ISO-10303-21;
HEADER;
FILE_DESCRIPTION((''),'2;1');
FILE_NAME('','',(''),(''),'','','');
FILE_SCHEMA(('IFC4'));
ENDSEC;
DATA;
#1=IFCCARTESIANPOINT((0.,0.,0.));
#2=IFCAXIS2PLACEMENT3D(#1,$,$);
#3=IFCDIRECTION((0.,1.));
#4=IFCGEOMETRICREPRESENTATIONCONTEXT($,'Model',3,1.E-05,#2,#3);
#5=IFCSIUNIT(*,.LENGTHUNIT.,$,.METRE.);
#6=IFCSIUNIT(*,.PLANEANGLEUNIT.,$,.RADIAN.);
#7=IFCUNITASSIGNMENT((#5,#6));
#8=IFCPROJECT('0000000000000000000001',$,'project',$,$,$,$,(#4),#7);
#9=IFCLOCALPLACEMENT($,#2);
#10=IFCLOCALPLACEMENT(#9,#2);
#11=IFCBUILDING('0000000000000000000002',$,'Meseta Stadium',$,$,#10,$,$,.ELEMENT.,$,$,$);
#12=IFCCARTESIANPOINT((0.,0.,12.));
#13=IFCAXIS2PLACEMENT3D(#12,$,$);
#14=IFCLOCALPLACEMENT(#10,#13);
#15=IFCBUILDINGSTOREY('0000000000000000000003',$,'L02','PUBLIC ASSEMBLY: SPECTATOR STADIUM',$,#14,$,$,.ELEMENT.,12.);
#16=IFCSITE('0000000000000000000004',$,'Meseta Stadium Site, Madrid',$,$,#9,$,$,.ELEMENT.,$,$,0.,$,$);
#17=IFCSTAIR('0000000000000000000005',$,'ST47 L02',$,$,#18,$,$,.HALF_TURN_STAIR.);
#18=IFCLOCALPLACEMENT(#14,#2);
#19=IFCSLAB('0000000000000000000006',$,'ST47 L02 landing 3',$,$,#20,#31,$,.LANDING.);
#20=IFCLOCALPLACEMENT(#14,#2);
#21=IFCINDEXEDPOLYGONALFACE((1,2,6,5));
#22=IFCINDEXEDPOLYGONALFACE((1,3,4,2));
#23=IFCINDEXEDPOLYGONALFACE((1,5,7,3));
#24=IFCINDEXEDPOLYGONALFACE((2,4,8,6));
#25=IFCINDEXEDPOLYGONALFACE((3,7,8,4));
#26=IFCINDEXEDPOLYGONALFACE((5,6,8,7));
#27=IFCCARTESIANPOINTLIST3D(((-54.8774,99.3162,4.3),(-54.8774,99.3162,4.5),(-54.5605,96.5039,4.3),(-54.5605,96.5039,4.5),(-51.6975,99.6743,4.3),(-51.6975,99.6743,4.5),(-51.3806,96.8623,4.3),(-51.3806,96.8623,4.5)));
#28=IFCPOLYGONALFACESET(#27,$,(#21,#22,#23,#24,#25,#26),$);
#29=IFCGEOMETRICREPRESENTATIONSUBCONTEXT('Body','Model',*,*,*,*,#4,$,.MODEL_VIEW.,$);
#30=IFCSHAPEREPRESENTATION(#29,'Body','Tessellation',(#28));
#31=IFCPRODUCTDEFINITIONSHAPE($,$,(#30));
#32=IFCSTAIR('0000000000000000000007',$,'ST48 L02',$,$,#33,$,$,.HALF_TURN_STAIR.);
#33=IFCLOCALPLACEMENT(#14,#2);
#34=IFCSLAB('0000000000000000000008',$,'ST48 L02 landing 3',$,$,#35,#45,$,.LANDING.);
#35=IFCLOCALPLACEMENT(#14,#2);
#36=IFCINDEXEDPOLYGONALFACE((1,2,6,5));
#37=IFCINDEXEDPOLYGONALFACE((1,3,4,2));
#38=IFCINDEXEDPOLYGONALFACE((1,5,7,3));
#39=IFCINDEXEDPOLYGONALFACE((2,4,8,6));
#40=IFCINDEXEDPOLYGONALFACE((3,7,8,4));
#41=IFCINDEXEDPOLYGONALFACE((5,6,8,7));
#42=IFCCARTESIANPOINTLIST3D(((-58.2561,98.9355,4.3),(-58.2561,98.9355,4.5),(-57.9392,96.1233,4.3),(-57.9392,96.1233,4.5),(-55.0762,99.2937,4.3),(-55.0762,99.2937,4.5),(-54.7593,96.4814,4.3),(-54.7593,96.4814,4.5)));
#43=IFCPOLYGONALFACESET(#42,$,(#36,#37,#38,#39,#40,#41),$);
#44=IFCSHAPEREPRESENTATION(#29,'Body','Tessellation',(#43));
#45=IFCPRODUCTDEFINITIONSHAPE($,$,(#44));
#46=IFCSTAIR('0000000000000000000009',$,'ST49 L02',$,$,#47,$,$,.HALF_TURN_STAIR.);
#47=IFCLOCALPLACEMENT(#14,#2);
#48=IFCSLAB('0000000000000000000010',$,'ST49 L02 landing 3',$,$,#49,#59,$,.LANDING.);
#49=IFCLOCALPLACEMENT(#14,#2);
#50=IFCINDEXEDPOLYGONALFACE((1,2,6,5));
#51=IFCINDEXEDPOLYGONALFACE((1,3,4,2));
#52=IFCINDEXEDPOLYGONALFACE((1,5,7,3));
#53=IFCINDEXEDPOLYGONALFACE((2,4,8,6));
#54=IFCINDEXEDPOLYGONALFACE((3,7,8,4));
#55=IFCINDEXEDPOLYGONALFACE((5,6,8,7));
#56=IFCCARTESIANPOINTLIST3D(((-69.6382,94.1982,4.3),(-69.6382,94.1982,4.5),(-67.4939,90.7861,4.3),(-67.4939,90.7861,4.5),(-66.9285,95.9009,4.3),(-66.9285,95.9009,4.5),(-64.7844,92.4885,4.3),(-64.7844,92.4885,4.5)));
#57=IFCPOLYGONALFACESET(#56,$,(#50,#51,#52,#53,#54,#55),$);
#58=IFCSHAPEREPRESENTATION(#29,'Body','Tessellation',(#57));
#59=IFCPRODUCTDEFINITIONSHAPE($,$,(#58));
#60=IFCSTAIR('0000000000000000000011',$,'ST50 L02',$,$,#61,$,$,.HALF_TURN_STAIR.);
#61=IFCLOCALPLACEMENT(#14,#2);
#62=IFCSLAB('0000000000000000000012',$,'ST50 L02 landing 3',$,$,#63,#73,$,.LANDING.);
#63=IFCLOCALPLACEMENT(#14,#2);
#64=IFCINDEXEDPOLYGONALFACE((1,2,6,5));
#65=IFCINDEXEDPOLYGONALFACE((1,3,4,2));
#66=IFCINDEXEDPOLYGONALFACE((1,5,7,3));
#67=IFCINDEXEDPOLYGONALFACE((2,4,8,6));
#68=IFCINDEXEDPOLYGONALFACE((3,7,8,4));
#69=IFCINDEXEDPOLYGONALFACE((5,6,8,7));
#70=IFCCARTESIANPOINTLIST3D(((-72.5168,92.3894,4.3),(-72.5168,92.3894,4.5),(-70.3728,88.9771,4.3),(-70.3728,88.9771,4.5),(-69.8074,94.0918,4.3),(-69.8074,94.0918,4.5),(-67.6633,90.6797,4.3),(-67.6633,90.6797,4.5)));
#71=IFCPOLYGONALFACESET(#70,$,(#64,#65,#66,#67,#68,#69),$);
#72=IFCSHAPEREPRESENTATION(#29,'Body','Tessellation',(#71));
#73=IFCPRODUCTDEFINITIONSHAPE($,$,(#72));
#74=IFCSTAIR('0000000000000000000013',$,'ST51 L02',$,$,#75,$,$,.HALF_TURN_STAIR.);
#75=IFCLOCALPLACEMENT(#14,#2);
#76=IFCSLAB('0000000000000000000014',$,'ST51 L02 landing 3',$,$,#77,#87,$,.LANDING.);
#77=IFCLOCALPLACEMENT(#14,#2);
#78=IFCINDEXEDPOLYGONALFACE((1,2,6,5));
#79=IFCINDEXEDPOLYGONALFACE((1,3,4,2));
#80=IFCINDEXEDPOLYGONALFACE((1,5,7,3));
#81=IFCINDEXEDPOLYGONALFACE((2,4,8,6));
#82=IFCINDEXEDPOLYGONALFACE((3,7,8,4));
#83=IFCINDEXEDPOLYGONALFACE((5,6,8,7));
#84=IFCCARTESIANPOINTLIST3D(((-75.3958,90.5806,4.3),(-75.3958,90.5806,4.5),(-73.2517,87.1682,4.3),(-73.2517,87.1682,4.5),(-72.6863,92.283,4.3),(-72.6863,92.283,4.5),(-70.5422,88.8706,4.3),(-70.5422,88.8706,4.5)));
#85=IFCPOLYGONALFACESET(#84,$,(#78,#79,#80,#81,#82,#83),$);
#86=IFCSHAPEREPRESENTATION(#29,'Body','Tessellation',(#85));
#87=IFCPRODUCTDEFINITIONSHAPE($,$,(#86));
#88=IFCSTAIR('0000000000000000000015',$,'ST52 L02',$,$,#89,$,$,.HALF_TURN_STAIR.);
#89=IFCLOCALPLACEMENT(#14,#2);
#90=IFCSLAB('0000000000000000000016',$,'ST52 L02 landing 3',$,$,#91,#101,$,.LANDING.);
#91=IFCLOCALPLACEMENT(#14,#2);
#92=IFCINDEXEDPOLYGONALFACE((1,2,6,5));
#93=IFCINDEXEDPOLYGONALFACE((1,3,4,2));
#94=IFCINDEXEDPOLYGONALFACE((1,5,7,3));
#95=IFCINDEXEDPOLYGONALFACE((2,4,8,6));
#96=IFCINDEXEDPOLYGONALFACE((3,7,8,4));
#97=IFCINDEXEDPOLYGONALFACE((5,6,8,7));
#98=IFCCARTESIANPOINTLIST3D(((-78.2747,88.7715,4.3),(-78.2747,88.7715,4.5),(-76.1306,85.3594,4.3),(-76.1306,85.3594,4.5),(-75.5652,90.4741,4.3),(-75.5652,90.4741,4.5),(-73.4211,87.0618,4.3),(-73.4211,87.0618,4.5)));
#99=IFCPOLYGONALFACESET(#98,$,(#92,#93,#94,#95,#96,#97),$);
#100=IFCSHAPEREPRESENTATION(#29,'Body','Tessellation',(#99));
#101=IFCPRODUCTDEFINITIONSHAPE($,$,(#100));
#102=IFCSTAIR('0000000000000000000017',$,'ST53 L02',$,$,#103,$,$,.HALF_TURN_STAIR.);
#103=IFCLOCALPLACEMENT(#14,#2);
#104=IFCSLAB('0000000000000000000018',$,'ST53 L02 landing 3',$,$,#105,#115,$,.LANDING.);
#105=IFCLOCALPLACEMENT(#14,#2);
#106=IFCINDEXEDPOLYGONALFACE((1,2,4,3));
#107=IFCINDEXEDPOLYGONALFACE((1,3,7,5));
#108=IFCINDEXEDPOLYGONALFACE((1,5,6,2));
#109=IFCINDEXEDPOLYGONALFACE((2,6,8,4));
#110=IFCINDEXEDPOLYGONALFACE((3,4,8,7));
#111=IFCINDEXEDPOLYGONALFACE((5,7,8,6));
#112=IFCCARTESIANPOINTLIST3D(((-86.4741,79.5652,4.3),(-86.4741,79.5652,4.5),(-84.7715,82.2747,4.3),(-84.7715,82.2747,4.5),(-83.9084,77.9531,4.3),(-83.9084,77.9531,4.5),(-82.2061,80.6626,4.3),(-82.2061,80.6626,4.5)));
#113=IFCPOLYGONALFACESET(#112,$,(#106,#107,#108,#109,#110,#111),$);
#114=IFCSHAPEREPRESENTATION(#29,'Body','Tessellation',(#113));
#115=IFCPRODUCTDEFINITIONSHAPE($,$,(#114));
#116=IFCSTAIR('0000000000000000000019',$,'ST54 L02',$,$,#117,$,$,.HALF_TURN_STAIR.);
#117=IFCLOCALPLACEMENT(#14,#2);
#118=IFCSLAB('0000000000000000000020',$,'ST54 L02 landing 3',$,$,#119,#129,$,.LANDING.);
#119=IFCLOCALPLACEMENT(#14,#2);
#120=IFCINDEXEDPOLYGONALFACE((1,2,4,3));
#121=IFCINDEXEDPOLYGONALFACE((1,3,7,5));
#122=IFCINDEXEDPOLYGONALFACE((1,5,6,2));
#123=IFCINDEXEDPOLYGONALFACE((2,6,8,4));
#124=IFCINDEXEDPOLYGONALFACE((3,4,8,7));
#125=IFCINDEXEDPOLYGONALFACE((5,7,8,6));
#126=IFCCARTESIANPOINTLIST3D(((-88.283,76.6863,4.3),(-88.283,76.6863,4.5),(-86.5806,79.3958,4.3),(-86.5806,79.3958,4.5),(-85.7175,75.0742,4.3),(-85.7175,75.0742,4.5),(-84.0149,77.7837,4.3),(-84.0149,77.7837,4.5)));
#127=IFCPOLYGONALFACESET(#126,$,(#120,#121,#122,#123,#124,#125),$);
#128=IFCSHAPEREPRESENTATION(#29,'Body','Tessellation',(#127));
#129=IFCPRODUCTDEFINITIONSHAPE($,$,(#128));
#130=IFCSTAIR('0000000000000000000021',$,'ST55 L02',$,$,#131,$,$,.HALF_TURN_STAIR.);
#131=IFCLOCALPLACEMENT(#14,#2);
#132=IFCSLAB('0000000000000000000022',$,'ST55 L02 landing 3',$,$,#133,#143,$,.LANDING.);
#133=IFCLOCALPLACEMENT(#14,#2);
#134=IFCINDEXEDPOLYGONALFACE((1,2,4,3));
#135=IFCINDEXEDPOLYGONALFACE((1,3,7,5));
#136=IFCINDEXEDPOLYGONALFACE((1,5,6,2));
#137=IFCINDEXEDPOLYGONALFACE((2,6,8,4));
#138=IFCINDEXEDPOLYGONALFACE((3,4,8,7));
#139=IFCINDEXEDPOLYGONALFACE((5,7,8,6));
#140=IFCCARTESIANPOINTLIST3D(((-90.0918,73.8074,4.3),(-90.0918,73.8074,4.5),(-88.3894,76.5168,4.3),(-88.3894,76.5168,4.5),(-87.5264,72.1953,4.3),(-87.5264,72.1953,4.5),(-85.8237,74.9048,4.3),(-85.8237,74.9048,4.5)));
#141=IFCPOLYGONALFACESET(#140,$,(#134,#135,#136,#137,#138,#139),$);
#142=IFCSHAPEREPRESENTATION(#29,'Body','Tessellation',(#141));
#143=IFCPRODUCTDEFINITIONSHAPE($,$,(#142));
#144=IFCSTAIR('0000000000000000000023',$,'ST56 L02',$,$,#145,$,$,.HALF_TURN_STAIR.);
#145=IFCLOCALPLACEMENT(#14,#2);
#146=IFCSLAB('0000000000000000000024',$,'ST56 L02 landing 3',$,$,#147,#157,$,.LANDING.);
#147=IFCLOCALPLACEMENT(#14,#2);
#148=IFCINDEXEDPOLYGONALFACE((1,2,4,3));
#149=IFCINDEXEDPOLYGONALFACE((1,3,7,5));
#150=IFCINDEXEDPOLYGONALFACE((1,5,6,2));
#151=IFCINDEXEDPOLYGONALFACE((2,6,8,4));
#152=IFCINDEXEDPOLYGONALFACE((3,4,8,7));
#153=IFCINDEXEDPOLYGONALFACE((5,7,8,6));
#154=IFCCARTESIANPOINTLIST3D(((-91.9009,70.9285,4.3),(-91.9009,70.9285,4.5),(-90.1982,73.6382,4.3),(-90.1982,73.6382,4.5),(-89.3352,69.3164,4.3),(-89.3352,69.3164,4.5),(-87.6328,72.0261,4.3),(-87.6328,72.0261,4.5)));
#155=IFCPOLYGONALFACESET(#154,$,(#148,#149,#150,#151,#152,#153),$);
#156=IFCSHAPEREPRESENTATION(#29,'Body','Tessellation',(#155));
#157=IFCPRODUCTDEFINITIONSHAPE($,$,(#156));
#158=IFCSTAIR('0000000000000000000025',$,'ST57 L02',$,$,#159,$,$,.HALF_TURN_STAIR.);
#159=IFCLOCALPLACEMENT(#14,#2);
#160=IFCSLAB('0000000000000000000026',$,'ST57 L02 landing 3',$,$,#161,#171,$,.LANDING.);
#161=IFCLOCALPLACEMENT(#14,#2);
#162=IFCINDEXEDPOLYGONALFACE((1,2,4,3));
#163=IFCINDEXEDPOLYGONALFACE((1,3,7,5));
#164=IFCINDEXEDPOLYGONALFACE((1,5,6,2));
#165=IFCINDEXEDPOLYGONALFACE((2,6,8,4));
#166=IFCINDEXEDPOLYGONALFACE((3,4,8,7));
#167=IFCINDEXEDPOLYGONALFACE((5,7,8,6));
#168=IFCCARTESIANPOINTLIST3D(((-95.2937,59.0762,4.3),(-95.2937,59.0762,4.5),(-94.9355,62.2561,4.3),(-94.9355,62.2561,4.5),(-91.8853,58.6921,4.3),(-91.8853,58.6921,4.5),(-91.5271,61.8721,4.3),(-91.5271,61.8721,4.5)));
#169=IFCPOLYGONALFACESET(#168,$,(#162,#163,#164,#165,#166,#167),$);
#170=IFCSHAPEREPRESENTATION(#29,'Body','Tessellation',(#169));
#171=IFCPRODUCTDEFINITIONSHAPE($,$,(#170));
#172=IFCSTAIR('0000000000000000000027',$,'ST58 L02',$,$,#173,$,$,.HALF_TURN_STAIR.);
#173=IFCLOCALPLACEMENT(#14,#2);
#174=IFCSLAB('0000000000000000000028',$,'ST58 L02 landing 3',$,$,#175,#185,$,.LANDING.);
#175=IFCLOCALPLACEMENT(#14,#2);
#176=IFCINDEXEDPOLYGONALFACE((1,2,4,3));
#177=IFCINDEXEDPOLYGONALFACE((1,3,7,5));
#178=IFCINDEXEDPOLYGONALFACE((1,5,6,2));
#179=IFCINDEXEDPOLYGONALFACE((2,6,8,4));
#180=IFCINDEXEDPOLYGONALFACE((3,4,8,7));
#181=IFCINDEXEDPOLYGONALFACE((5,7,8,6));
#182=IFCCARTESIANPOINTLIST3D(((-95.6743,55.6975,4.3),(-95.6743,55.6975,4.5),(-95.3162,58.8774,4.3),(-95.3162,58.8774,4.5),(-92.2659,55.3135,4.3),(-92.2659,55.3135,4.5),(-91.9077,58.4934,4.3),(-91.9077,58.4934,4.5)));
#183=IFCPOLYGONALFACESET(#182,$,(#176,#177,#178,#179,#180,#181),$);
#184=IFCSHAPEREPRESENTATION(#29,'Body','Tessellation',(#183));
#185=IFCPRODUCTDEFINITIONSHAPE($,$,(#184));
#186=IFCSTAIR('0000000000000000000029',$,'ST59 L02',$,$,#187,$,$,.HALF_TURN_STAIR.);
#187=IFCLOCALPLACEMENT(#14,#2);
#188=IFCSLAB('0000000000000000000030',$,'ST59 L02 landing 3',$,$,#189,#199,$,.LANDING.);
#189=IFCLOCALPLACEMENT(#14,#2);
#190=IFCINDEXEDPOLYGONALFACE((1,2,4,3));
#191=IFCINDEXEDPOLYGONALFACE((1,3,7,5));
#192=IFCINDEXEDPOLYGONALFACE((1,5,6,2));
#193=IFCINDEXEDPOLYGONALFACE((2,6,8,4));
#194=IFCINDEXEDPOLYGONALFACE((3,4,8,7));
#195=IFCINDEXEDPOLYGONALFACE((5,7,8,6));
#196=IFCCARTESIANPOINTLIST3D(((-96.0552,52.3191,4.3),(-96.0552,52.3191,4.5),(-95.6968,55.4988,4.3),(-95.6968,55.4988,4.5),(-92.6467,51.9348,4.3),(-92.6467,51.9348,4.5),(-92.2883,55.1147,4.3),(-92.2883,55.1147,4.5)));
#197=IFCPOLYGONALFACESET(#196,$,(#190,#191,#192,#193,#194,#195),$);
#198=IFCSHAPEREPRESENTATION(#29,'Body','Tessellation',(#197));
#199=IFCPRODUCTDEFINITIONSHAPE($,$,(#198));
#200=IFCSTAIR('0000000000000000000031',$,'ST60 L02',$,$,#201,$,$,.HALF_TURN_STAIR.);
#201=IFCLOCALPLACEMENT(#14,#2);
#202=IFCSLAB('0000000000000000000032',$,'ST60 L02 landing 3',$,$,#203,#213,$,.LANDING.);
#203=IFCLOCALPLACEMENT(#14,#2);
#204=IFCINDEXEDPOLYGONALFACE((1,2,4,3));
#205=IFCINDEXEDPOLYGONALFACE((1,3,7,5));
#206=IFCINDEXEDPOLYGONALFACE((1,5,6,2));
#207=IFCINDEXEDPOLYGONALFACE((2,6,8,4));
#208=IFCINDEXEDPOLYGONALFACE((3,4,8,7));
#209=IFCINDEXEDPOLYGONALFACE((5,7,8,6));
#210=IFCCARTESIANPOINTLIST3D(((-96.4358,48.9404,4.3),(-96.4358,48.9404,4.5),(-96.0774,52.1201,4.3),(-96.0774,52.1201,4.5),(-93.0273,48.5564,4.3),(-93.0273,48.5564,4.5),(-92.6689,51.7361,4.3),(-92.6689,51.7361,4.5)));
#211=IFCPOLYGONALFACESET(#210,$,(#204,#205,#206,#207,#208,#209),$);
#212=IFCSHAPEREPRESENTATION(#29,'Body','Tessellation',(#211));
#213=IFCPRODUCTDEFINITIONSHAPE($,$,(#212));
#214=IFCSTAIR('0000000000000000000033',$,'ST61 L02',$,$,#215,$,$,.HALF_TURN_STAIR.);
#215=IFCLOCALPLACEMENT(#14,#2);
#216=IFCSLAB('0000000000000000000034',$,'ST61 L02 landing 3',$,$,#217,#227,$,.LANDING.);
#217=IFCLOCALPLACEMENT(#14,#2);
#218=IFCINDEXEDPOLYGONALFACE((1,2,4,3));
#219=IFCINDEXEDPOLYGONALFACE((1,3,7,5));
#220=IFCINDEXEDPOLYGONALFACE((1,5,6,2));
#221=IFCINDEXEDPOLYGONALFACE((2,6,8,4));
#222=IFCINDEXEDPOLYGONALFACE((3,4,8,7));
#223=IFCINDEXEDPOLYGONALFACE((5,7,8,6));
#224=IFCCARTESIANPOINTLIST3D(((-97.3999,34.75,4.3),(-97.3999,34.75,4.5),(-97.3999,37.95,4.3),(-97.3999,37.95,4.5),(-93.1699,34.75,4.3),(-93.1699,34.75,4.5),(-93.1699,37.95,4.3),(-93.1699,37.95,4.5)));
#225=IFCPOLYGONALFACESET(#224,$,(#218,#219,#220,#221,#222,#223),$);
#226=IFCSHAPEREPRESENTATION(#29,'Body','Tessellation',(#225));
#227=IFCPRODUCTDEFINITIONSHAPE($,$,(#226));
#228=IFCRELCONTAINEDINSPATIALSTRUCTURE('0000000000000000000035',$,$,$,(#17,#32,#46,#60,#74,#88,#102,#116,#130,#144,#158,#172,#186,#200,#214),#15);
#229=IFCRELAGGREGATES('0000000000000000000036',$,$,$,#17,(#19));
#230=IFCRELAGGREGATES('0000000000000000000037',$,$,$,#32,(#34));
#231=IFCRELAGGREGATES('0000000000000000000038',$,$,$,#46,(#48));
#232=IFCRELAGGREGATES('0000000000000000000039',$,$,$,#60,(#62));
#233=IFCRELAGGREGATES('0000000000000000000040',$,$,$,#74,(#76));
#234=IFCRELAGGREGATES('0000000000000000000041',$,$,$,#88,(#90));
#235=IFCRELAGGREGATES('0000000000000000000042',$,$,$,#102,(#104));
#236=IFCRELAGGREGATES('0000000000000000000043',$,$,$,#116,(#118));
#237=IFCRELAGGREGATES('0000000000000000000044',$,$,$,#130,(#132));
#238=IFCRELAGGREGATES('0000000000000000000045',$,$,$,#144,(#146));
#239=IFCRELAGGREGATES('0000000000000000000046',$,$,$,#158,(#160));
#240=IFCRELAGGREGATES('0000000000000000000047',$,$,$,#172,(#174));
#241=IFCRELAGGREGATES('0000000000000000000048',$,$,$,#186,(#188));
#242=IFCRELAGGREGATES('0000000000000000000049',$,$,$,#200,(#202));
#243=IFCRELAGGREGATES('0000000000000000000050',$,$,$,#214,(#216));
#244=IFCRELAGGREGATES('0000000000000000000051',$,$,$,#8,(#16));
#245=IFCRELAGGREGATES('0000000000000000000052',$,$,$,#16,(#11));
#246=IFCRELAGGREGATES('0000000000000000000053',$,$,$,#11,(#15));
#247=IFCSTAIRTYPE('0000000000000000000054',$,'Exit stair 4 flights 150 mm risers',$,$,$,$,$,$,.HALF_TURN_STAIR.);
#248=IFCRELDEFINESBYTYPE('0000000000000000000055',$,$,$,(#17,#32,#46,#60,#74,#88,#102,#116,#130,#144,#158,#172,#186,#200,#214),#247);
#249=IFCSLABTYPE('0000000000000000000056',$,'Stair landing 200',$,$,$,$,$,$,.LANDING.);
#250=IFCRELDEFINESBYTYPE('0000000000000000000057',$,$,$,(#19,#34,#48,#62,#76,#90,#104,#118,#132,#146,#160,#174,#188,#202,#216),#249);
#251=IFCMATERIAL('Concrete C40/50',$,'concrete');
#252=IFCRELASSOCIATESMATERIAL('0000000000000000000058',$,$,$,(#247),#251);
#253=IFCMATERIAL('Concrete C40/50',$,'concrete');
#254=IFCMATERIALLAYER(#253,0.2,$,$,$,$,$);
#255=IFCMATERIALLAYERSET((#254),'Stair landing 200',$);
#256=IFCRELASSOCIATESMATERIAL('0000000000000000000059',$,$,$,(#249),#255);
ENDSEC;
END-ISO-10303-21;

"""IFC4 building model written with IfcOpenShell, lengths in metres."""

from ifc_helpers import new_model, si_unit, direction, frame, origin, place, context, subcontext, project, spatial, polyline, outline, extrude, material, layer, layer_set, type_object, element, aggregate, save


model = new_model("IFC4")

# Units and contexts
model_context = context("Model", 3, precision=1e-05, world=origin(), true_north=direction((0.0, 1.0)))
body_context = subcontext(model_context, "Body", "Model", "MODEL_VIEW")
ifc_project = project(units=[si_unit("LENGTHUNIT", "METRE"), si_unit("PLANEANGLEUNIT", "RADIAN")], contexts=[model_context])

# Site, building, storey
site_placement = place(None, origin())
site = spatial("IfcSite", under=ifc_project, at=site_placement, Name="Meseta Stadium Site, Madrid", CompositionType="ELEMENT", RefElevation=0.0)
building_placement = place(site_placement, origin())
building = spatial("IfcBuilding", under=site, at=building_placement, Name="Meseta Stadium", CompositionType="ELEMENT")
storey_placement = place(building_placement, frame((0.0, 0.0, 12.0)))
storey = spatial("IfcBuildingStorey", under=building, at=storey_placement, Name="L02", Description="PUBLIC ASSEMBLY: SPECTATOR STADIUM", CompositionType="ELEMENT", Elevation=12.0)

# Stairs, slabs
ifc_material_1 = material(Name="Concrete C40/50", Category="concrete")
stair_type = type_object("IfcStairType", Name="Exit stair 4 flights 150 mm risers", PredefinedType="HALF_TURN_STAIR", material=ifc_material_1)
ifc_material_2 = material(Name="Concrete C40/50", Category="concrete")
ifc_layer_1 = layer(ifc_material_2, 0.2)
ifc_layer_set_1 = layer_set([ifc_layer_1], Name="Stair landing 200")
slab_type_1 = type_object("IfcSlabType", Name="Stair landing 200", PredefinedType="LANDING", material=ifc_layer_set_1)
stair_1_placement = place(storey_placement, origin())
stair_1 = element("IfcStair", 1, at=stair_1_placement, inside=storey, type_object=stair_type, Name="ST47 L02", PredefinedType="HALF_TURN_STAIR")
slab_1_placement = place(storey_placement, frame((0.0, 0.0, 4.3)))
slab_1 = element("IfcSlab", 2, at=slab_1_placement, type_object=slab_type_1, Name="ST47 L02 landing 3", PredefinedType="LANDING", context=body_context, shape_type="SweptSolid", body=[
    extrude(outline(polyline([(-51.3806, 96.8623), (-51.6975, 99.6743), (-54.8774, 99.3162), (-54.5605, 96.5039), (-51.3806, 96.8623)])), origin(), (0.0, 0.0, 1.0), 0.2),
])
aggregate(stair_1, [slab_1])
stair_2_placement = place(storey_placement, origin())
stair_2 = element("IfcStair", 3, at=stair_2_placement, inside=storey, type_object=stair_type, Name="ST48 L02", PredefinedType="HALF_TURN_STAIR")
slab_2_placement = place(storey_placement, frame((0.0, 0.0, 4.3)))
slab_2 = element("IfcSlab", 4, at=slab_2_placement, type_object=slab_type_1, Name="ST48 L02 landing 3", PredefinedType="LANDING", context=body_context, shape_type="SweptSolid", body=[
    extrude(outline(polyline([(-54.7593, 96.4814), (-55.0762, 99.2937), (-58.2561, 98.9355), (-57.9392, 96.1233), (-54.7593, 96.4814)])), origin(), (0.0, 0.0, 1.0), 0.2),
])
aggregate(stair_2, [slab_2])
stair_3_placement = place(storey_placement, origin())
stair_3 = element("IfcStair", 5, at=stair_3_placement, inside=storey, type_object=stair_type, Name="ST49 L02", PredefinedType="HALF_TURN_STAIR")
slab_3_placement = place(storey_placement, frame((0.0, 0.0, 4.3)))
slab_3 = element("IfcSlab", 6, at=slab_3_placement, type_object=slab_type_1, Name="ST49 L02 landing 3", PredefinedType="LANDING", context=body_context, shape_type="SweptSolid", body=[
    extrude(outline(polyline([(-64.7844, 92.4885), (-66.9285, 95.9009), (-69.6382, 94.1982), (-67.4939, 90.7861), (-64.7844, 92.4885)])), origin(), (0.0, 0.0, 1.0), 0.2),
])
aggregate(stair_3, [slab_3])
stair_4_placement = place(storey_placement, origin())
stair_4 = element("IfcStair", 7, at=stair_4_placement, inside=storey, type_object=stair_type, Name="ST50 L02", PredefinedType="HALF_TURN_STAIR")
slab_4_placement = place(storey_placement, frame((0.0, 0.0, 4.3)))
slab_4 = element("IfcSlab", 8, at=slab_4_placement, type_object=slab_type_1, Name="ST50 L02 landing 3", PredefinedType="LANDING", context=body_context, shape_type="SweptSolid", body=[
    extrude(outline(polyline([(-67.6633, 90.6797), (-69.8074, 94.0918), (-72.5168, 92.3894), (-70.3728, 88.9771), (-67.6633, 90.6797)])), origin(), (0.0, 0.0, 1.0), 0.2),
])
aggregate(stair_4, [slab_4])
stair_5_placement = place(storey_placement, origin())
stair_5 = element("IfcStair", 9, at=stair_5_placement, inside=storey, type_object=stair_type, Name="ST51 L02", PredefinedType="HALF_TURN_STAIR")
slab_5_placement = place(storey_placement, frame((0.0, 0.0, 4.3)))
slab_5 = element("IfcSlab", 10, at=slab_5_placement, type_object=slab_type_1, Name="ST51 L02 landing 3", PredefinedType="LANDING", context=body_context, shape_type="SweptSolid", body=[
    extrude(outline(polyline([(-70.5422, 88.8706), (-72.6863, 92.283), (-75.3958, 90.5806), (-73.2517, 87.1682), (-70.5422, 88.8706)])), origin(), (0.0, 0.0, 1.0), 0.2),
])
aggregate(stair_5, [slab_5])
stair_6_placement = place(storey_placement, origin())
stair_6 = element("IfcStair", 11, at=stair_6_placement, inside=storey, type_object=stair_type, Name="ST52 L02", PredefinedType="HALF_TURN_STAIR")
slab_6_placement = place(storey_placement, frame((0.0, 0.0, 4.3)))
slab_6 = element("IfcSlab", 12, at=slab_6_placement, type_object=slab_type_1, Name="ST52 L02 landing 3", PredefinedType="LANDING", context=body_context, shape_type="SweptSolid", body=[
    extrude(outline(polyline([(-73.4211, 87.0618), (-75.5652, 90.4741), (-78.2747, 88.7715), (-76.1306, 85.3594), (-73.4211, 87.0618)])), origin(), (0.0, 0.0, 1.0), 0.2),
])
aggregate(stair_6, [slab_6])
stair_7_placement = place(storey_placement, origin())
stair_7 = element("IfcStair", 13, at=stair_7_placement, inside=storey, type_object=stair_type, Name="ST53 L02", PredefinedType="HALF_TURN_STAIR")
slab_7_placement = place(storey_placement, frame((0.0, 0.0, 4.3)))
slab_7 = element("IfcSlab", 14, at=slab_7_placement, type_object=slab_type_1, Name="ST53 L02 landing 3", PredefinedType="LANDING", context=body_context, shape_type="SweptSolid", body=[
    extrude(outline(polyline([(-82.2061, 80.6626), (-84.7715, 82.2747), (-86.4741, 79.5652), (-83.9084, 77.9531), (-82.2061, 80.6626)])), origin(), (0.0, 0.0, 1.0), 0.2),
])
aggregate(stair_7, [slab_7])
stair_8_placement = place(storey_placement, origin())
stair_8 = element("IfcStair", 15, at=stair_8_placement, inside=storey, type_object=stair_type, Name="ST54 L02", PredefinedType="HALF_TURN_STAIR")
slab_8_placement = place(storey_placement, frame((0.0, 0.0, 4.3)))
slab_8 = element("IfcSlab", 16, at=slab_8_placement, type_object=slab_type_1, Name="ST54 L02 landing 3", PredefinedType="LANDING", context=body_context, shape_type="SweptSolid", body=[
    extrude(outline(polyline([(-84.0149, 77.7837), (-86.5806, 79.3958), (-88.283, 76.6863), (-85.7175, 75.0742), (-84.0149, 77.7837)])), origin(), (0.0, 0.0, 1.0), 0.2),
])
aggregate(stair_8, [slab_8])
stair_9_placement = place(storey_placement, origin())
stair_9 = element("IfcStair", 17, at=stair_9_placement, inside=storey, type_object=stair_type, Name="ST55 L02", PredefinedType="HALF_TURN_STAIR")
slab_9_placement = place(storey_placement, frame((0.0, 0.0, 4.3)))
slab_9 = element("IfcSlab", 18, at=slab_9_placement, type_object=slab_type_1, Name="ST55 L02 landing 3", PredefinedType="LANDING", context=body_context, shape_type="SweptSolid", body=[
    extrude(outline(polyline([(-85.8237, 74.9048), (-88.3894, 76.5168), (-90.0918, 73.8074), (-87.5264, 72.1953), (-85.8237, 74.9048)])), origin(), (0.0, 0.0, 1.0), 0.2),
])
aggregate(stair_9, [slab_9])
stair_10_placement = place(storey_placement, origin())
stair_10 = element("IfcStair", 19, at=stair_10_placement, inside=storey, type_object=stair_type, Name="ST56 L02", PredefinedType="HALF_TURN_STAIR")
slab_10_placement = place(storey_placement, frame((0.0, 0.0, 4.3)))
slab_10 = element("IfcSlab", 20, at=slab_10_placement, type_object=slab_type_1, Name="ST56 L02 landing 3", PredefinedType="LANDING", context=body_context, shape_type="SweptSolid", body=[
    extrude(outline(polyline([(-87.6328, 72.0261), (-90.1982, 73.6382), (-91.9009, 70.9285), (-89.3352, 69.3164), (-87.6328, 72.0261)])), origin(), (0.0, 0.0, 1.0), 0.2),
])
aggregate(stair_10, [slab_10])
stair_11_placement = place(storey_placement, origin())
stair_11 = element("IfcStair", 21, at=stair_11_placement, inside=storey, type_object=stair_type, Name="ST57 L02", PredefinedType="HALF_TURN_STAIR")
slab_11_placement = place(storey_placement, frame((0.0, 0.0, 4.3)))
slab_11 = element("IfcSlab", 22, at=slab_11_placement, type_object=slab_type_1, Name="ST57 L02 landing 3", PredefinedType="LANDING", context=body_context, shape_type="SweptSolid", body=[
    extrude(outline(polyline([(-91.5271, 61.8721), (-94.9355, 62.2561), (-95.2937, 59.0762), (-91.8853, 58.6921), (-91.5271, 61.8721)])), origin(), (0.0, 0.0, 1.0), 0.2),
])
aggregate(stair_11, [slab_11])
stair_12_placement = place(storey_placement, origin())
stair_12 = element("IfcStair", 23, at=stair_12_placement, inside=storey, type_object=stair_type, Name="ST58 L02", PredefinedType="HALF_TURN_STAIR")
slab_12_placement = place(storey_placement, frame((0.0, 0.0, 4.3)))
slab_12 = element("IfcSlab", 24, at=slab_12_placement, type_object=slab_type_1, Name="ST58 L02 landing 3", PredefinedType="LANDING", context=body_context, shape_type="SweptSolid", body=[
    extrude(outline(polyline([(-91.9077, 58.4934), (-95.3162, 58.8774), (-95.6743, 55.6975), (-92.2659, 55.3135), (-91.9077, 58.4934)])), origin(), (0.0, 0.0, 1.0), 0.2),
])
aggregate(stair_12, [slab_12])
stair_13_placement = place(storey_placement, origin())
stair_13 = element("IfcStair", 25, at=stair_13_placement, inside=storey, type_object=stair_type, Name="ST59 L02", PredefinedType="HALF_TURN_STAIR")
slab_13_placement = place(storey_placement, frame((0.0, 0.0, 4.3)))
slab_13 = element("IfcSlab", 26, at=slab_13_placement, type_object=slab_type_1, Name="ST59 L02 landing 3", PredefinedType="LANDING", context=body_context, shape_type="SweptSolid", body=[
    extrude(outline(polyline([(-92.2883, 55.1147), (-95.6968, 55.4988), (-96.0552, 52.3191), (-92.6467, 51.9348), (-92.2883, 55.1147)])), origin(), (0.0, 0.0, 1.0), 0.2),
])
aggregate(stair_13, [slab_13])
stair_14_placement = place(storey_placement, origin())
stair_14 = element("IfcStair", 27, at=stair_14_placement, inside=storey, type_object=stair_type, Name="ST60 L02", PredefinedType="HALF_TURN_STAIR")
slab_14_placement = place(storey_placement, frame((0.0, 0.0, 4.3)))
slab_14 = element("IfcSlab", 28, at=slab_14_placement, type_object=slab_type_1, Name="ST60 L02 landing 3", PredefinedType="LANDING", context=body_context, shape_type="SweptSolid", body=[
    extrude(outline(polyline([(-92.6689, 51.7361), (-96.0774, 52.1201), (-96.4358, 48.9404), (-93.0273, 48.5564), (-92.6689, 51.7361)])), origin(), (0.0, 0.0, 1.0), 0.2),
])
aggregate(stair_14, [slab_14])
stair_15_placement = place(storey_placement, origin())
stair_15 = element("IfcStair", 29, at=stair_15_placement, inside=storey, type_object=stair_type, Name="ST61 L02", PredefinedType="HALF_TURN_STAIR")
slab_15_placement = place(storey_placement, frame((0.0, 0.0, 4.3)))
slab_15 = element("IfcSlab", 30, at=slab_15_placement, type_object=slab_type_1, Name="ST61 L02 landing 3", PredefinedType="LANDING", context=body_context, shape_type="SweptSolid", body=[
    extrude(outline(polyline([(-93.1699, 37.95), (-97.3999, 37.95), (-97.3999, 34.75), (-93.1699, 34.75), (-93.1699, 37.95)])), origin(), (0.0, 0.0, 1.0), 0.2),
])
aggregate(stair_15, [slab_15])

save(model, "model.ifc")
